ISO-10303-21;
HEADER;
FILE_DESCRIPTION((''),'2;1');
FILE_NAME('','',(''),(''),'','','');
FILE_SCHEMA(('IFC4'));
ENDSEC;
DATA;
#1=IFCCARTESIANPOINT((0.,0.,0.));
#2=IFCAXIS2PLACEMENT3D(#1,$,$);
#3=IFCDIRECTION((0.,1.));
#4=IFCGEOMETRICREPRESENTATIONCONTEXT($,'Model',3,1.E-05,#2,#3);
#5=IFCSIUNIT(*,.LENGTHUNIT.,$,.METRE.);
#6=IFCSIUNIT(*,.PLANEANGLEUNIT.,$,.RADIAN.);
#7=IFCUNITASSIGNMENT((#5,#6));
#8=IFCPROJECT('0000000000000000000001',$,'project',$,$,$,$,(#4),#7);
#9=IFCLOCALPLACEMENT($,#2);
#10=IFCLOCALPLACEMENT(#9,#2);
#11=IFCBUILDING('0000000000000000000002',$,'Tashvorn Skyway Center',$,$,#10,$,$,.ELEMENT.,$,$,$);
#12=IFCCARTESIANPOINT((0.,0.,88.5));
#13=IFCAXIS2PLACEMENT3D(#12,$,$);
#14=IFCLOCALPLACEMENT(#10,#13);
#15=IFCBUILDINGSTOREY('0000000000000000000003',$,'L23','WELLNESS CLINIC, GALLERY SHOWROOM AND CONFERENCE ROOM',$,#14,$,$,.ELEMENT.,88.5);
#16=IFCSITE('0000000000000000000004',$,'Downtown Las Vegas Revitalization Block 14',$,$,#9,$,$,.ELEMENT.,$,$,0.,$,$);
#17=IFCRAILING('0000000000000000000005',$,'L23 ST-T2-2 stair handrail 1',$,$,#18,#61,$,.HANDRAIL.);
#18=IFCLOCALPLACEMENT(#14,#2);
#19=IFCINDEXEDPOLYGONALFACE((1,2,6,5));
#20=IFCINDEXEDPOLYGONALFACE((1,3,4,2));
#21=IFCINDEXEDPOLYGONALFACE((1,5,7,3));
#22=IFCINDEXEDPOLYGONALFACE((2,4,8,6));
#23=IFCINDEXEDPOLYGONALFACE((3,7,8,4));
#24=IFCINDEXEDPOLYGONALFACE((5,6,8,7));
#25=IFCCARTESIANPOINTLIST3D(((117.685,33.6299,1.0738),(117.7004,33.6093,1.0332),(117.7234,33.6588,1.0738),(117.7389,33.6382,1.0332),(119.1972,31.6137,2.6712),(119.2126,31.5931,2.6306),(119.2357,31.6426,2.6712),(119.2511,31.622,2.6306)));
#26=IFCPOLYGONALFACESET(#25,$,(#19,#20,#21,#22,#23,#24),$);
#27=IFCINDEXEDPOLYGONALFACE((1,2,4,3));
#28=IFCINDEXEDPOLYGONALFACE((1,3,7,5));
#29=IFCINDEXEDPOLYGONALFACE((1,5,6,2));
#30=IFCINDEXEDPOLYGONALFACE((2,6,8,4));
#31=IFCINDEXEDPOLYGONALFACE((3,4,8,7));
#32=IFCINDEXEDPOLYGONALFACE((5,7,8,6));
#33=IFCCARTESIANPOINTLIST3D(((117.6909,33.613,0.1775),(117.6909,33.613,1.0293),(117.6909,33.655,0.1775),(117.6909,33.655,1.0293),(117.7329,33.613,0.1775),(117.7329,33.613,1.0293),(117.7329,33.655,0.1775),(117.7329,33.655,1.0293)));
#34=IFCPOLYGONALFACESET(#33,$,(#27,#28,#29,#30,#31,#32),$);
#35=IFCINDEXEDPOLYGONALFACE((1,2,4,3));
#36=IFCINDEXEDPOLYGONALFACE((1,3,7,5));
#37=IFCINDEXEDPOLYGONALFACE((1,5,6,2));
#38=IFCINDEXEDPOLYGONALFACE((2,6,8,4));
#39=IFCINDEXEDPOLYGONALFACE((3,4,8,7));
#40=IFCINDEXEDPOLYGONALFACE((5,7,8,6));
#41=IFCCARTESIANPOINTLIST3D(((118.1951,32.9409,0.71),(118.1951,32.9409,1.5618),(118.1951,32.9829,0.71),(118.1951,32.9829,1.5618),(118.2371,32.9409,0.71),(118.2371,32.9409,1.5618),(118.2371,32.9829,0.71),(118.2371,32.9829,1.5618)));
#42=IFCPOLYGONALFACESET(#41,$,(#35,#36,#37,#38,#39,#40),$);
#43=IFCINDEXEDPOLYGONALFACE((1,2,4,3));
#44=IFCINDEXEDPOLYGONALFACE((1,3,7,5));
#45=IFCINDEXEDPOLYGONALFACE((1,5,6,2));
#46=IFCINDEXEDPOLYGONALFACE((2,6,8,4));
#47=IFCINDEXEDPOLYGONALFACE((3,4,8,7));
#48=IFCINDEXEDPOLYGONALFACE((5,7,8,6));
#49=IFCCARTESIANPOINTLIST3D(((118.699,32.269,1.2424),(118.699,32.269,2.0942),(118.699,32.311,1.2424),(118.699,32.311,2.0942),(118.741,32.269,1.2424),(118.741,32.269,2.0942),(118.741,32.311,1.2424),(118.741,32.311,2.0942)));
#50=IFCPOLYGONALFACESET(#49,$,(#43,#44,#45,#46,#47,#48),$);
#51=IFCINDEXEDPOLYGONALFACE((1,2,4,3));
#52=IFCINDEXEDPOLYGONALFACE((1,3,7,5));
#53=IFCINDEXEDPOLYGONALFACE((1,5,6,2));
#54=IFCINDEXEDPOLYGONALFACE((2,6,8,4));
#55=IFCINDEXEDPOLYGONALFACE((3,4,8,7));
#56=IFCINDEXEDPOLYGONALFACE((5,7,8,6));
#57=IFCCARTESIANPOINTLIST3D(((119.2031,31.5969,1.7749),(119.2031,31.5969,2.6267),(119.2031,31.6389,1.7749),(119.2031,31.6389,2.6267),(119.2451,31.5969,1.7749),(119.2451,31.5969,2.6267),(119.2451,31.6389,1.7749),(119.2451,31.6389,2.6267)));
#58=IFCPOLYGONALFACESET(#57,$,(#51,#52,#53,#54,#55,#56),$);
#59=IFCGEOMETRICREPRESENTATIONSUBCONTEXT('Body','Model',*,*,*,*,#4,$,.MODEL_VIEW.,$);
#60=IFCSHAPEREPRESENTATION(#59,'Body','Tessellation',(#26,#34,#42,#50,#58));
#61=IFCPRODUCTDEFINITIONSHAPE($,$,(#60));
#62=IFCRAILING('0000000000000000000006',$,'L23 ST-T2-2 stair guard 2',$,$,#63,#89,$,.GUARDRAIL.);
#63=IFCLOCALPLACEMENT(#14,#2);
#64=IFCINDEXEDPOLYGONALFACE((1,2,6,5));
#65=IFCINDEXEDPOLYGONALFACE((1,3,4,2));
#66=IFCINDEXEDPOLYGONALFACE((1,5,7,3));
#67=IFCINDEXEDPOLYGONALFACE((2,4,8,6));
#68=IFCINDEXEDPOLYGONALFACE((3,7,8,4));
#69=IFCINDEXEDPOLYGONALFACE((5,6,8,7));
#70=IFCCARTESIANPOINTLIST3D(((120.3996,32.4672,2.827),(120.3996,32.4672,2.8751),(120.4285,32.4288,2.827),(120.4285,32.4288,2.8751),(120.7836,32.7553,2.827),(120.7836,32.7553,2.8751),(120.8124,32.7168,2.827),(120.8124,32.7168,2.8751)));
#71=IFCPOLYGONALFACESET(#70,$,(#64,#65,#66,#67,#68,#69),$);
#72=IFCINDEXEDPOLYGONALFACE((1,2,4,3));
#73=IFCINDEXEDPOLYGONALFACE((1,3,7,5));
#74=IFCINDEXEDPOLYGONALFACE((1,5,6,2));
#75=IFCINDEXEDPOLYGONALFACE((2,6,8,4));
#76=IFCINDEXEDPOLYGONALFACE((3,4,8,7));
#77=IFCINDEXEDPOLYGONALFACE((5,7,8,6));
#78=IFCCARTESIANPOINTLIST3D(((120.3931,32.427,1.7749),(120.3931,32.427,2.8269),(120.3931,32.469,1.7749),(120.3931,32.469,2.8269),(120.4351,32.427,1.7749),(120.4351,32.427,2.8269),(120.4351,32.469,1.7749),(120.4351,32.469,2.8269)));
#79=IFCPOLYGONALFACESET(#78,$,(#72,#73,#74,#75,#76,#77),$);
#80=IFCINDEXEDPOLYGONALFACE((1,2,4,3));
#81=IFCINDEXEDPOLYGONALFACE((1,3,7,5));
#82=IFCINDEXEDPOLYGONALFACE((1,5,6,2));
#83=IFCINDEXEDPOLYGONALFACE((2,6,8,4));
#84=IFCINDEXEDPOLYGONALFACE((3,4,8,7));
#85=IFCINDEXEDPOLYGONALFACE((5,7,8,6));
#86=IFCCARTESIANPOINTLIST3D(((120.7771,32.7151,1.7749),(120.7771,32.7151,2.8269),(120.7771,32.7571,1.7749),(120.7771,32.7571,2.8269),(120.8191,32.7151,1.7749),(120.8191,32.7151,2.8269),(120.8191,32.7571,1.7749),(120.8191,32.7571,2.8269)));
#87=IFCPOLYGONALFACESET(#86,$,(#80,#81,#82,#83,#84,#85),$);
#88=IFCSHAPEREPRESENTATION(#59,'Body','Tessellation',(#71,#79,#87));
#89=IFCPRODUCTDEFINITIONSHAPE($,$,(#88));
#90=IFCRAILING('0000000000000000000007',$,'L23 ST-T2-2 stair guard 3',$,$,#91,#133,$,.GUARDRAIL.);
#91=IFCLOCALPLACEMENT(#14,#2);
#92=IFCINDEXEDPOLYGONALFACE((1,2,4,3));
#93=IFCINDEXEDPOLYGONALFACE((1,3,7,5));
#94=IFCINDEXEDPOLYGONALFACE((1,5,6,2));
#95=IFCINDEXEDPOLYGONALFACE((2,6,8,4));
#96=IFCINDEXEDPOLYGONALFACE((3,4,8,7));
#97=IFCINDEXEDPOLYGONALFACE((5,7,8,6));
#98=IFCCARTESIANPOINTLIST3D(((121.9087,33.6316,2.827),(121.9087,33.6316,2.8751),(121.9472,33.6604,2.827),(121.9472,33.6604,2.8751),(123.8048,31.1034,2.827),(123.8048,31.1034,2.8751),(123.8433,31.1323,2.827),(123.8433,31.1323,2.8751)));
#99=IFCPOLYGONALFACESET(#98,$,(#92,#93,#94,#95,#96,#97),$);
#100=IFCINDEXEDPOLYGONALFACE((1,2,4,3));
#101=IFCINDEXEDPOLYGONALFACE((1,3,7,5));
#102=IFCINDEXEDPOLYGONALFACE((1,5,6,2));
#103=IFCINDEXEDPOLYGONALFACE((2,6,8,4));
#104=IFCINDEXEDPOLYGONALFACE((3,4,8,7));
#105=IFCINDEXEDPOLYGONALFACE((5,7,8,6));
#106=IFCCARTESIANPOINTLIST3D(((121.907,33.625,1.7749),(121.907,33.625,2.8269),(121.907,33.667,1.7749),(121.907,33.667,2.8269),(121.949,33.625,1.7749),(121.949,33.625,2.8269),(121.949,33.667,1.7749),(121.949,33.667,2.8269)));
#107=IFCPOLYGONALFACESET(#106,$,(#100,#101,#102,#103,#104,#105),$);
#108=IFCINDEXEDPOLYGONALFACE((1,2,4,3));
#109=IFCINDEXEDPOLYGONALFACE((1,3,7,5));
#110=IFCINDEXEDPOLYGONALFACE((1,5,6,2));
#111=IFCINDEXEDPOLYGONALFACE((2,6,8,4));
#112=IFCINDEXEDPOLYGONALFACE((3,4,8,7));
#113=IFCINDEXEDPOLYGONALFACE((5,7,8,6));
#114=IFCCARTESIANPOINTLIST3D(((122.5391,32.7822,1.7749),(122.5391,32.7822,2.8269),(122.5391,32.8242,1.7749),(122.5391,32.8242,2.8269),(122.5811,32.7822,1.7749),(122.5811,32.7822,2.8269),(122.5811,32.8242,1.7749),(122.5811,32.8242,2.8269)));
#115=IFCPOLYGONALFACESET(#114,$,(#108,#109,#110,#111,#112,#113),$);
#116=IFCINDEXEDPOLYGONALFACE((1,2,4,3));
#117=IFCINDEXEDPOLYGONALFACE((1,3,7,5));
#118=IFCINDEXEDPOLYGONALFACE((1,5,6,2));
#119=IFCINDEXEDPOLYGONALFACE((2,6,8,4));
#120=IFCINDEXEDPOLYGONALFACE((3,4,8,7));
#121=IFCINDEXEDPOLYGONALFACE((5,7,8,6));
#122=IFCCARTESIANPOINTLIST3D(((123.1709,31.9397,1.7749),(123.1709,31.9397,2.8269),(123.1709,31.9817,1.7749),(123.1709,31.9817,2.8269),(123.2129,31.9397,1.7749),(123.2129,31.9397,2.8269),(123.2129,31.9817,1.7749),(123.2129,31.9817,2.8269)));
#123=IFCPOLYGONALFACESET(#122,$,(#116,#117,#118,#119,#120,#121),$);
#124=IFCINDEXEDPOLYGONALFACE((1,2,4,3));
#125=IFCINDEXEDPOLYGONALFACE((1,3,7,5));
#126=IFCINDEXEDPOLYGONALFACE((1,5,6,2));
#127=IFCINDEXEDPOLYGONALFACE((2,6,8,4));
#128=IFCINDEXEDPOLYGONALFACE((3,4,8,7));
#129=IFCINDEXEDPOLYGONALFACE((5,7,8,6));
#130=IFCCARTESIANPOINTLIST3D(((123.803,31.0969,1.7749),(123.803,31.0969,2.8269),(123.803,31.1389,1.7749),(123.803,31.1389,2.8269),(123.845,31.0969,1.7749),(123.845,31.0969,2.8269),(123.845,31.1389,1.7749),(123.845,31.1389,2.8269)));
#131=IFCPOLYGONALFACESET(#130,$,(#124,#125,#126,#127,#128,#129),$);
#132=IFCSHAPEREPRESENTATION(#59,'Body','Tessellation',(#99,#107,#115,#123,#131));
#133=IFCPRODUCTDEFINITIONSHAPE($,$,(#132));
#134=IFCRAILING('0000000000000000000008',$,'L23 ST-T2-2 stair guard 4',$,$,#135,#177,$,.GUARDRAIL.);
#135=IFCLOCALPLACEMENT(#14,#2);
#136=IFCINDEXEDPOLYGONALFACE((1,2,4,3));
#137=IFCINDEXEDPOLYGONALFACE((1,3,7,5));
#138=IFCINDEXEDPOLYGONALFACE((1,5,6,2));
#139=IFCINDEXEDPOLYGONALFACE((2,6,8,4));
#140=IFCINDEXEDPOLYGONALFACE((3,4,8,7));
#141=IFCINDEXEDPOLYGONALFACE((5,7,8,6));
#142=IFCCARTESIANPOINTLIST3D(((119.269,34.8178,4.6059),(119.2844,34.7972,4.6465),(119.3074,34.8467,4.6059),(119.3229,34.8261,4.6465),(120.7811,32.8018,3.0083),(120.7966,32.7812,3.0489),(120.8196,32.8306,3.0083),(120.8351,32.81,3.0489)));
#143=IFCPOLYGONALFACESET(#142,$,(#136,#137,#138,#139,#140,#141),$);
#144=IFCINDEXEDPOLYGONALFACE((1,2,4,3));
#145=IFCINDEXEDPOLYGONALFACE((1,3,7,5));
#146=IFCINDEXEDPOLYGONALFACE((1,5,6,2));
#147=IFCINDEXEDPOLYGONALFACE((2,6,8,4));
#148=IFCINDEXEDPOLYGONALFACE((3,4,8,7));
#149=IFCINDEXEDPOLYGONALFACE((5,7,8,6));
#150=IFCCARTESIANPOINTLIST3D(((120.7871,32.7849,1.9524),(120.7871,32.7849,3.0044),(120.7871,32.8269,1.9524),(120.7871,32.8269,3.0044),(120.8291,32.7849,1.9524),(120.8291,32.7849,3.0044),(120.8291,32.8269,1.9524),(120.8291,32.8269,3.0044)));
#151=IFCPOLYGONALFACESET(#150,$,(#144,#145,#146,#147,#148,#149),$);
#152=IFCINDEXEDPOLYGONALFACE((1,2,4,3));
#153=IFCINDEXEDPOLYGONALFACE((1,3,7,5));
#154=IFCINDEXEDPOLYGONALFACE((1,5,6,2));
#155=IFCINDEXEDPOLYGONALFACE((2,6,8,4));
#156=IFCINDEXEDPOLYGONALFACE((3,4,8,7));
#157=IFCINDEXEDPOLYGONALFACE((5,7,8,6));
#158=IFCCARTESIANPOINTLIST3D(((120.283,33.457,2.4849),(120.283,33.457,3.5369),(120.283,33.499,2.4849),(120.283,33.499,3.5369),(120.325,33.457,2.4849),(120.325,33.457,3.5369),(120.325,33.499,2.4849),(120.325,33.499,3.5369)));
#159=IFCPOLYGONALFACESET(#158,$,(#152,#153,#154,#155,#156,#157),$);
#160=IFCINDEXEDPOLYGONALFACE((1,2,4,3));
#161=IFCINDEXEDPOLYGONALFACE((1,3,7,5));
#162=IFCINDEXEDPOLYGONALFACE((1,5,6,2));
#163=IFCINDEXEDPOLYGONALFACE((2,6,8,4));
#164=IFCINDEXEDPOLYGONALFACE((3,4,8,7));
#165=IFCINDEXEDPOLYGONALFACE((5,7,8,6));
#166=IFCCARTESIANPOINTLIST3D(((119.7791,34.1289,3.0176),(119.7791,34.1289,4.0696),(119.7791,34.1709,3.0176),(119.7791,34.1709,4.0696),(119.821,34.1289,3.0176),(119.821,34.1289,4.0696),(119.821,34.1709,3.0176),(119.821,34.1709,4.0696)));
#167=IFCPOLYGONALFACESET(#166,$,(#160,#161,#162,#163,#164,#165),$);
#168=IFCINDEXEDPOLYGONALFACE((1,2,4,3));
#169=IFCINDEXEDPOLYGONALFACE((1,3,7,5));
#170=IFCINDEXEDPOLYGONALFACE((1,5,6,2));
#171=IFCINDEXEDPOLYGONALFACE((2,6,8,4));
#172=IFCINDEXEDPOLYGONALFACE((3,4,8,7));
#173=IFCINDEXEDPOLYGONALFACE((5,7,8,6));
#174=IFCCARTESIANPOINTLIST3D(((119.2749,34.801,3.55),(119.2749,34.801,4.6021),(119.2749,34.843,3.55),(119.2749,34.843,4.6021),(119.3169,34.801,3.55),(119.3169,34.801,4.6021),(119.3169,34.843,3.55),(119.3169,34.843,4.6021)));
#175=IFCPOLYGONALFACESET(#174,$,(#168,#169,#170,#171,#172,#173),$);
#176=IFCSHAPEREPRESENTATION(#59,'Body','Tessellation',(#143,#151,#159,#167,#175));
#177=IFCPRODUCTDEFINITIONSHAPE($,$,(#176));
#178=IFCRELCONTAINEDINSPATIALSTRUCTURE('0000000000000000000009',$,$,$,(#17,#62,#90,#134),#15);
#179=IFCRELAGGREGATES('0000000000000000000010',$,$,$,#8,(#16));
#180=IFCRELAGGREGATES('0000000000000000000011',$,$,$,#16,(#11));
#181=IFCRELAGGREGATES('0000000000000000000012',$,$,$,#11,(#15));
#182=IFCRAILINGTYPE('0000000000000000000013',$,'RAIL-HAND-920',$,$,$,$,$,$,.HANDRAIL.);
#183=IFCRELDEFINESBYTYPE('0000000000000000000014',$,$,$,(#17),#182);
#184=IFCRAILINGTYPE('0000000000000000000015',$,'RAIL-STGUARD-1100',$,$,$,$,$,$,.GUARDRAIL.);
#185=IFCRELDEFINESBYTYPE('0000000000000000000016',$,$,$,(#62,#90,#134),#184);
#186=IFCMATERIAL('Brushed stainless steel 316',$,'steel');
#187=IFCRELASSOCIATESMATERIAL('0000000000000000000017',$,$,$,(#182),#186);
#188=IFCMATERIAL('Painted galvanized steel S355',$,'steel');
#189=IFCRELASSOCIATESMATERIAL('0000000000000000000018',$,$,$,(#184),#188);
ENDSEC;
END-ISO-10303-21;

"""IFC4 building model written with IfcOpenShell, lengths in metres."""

from ifc_helpers import new_model, si_unit, direction, frame, origin, origin_2d, place, context, subcontext, project, spatial, rectangle, extrude, material, type_object, element, save


model = new_model("IFC4")

# Units and contexts
model_context = context("Model", 3, precision=1e-05, world=origin(), true_north=direction((0.0, 1.0)))
body_context = subcontext(model_context, "Body", "Model", "MODEL_VIEW")
ifc_project = project(units=[si_unit("LENGTHUNIT", "METRE"), si_unit("PLANEANGLEUNIT", "RADIAN")], contexts=[model_context])

# Site, building, storey
site_placement = place(None, origin())
site = spatial("IfcSite", under=ifc_project, at=site_placement, Name="Downtown Las Vegas Revitalization Block 14", CompositionType="ELEMENT", RefElevation=0.0)
building_placement = place(site_placement, origin())
building = spatial("IfcBuilding", under=site, at=building_placement, Name="Tashvorn Skyway Center", CompositionType="ELEMENT")
storey_placement = place(building_placement, frame((0.0, 0.0, 88.5)))
storey = spatial("IfcBuildingStorey", under=building, at=storey_placement, Name="L23", Description="WELLNESS CLINIC, GALLERY SHOWROOM AND CONFERENCE ROOM", CompositionType="ELEMENT", Elevation=88.5)

# Railings
ifc_material_1 = material(Name="Brushed stainless steel 316", Category="steel")
railing_type_1 = type_object("IfcRailingType", Name="RAIL-HAND-920", PredefinedType="HANDRAIL", material=ifc_material_1)
railing_1_placement = place(storey_placement, frame((117.7119, 33.634, 0.1775)))
element("IfcRailing", 1, at=railing_1_placement, inside=storey, type_object=railing_type_1, Name="L23 ST-T2-2 stair handrail 1", PredefinedType="HANDRAIL", context=body_context, shape_type="SweptSolid", body=[
    extrude(rectangle(XDim=0.0481, YDim=0.0481, at=origin_2d()), frame((0.0, 0.0, 0.876), z_axis=(0.506802, -0.675681, 0.535357), x_axis=(0.799977, 0.600031, 0.0)), (0.0, 0.0, 1.0), 2.9839),
    extrude(rectangle(XDim=0.042, YDim=0.042, at=origin_2d()), origin(), (0.0, 0.0, 1.0), 0.8518),
    extrude(rectangle(XDim=0.042, YDim=0.042, at=origin_2d()), frame((0.5042, -0.6721, 0.5325)), (0.0, 0.0, 1.0), 0.8518),
    extrude(rectangle(XDim=0.042, YDim=0.042, at=origin_2d()), frame((1.0081, -1.344, 1.0649)), (0.0, 0.0, 1.0), 0.8518),
    extrude(rectangle(XDim=0.042, YDim=0.042, at=origin_2d()), frame((1.5122, -2.0161, 1.5974)), (0.0, 0.0, 1.0), 0.8518),
])
ifc_material_2 = material(Name="Painted galvanized steel S355", Category="steel")
railing_type_2 = type_object("IfcRailingType", Name="RAIL-STGUARD-1100", PredefinedType="GUARDRAIL", material=ifc_material_2)
railing_2_placement = place(storey_placement, frame((120.4141, 32.448, 1.7749)))
element("IfcRailing", 2, at=railing_2_placement, inside=storey, type_object=railing_type_2, Name="L23 ST-T2-2 stair guard 2", PredefinedType="GUARDRAIL", context=body_context, shape_type="SweptSolid", body=[
    extrude(rectangle(XDim=0.0481, YDim=0.0481, at=origin_2d()), frame((0.0, 0.0, 1.0762), z_axis=(0.799939, 0.600081, 0.0), x_axis=(-0.600081, 0.799939, 0.0)), (0.0, 0.0, 1.0), 0.48),
    extrude(rectangle(XDim=0.042, YDim=0.042, at=origin_2d()), origin(), (0.0, 0.0, 1.0), 1.052),
    extrude(rectangle(XDim=0.042, YDim=0.042, at=origin_2d()), frame((0.384, 0.2881, 0.0)), (0.0, 0.0, 1.0), 1.052),
])
railing_3_placement = place(storey_placement, frame((121.928, 33.646, 1.7749)))
element("IfcRailing", 3, at=railing_3_placement, inside=storey, type_object=railing_type_2, Name="L23 ST-T2-2 stair guard 3", PredefinedType="GUARDRAIL", context=body_context, shape_type="SweptSolid", body=[
    extrude(rectangle(XDim=0.0481, YDim=0.0481, at=origin_2d()), frame((0.0, 0.0, 1.0762), z_axis=(0.599988, -0.800009, 0.0), x_axis=(0.800009, 0.599988, 0.0)), (0.0, 0.0, 1.0), 3.1602),
    extrude(rectangle(XDim=0.042, YDim=0.042, at=origin_2d()), origin(), (0.0, 0.0, 1.0), 1.052),
    extrude(rectangle(XDim=0.042, YDim=0.042, at=origin_2d()), frame((0.6321, -0.8428, 0.0)), (0.0, 0.0, 1.0), 1.052),
    extrude(rectangle(XDim=0.042, YDim=0.042, at=origin_2d()), frame((1.2639, -1.6853, 0.0)), (0.0, 0.0, 1.0), 1.052),
    extrude(rectangle(XDim=0.042, YDim=0.042, at=origin_2d()), frame((1.896, -2.5281, 0.0)), (0.0, 0.0, 1.0), 1.052),
])
railing_4_placement = place(storey_placement, frame((120.8081, 32.8059, 1.9524)))
element("IfcRailing", 4, at=railing_4_placement, inside=storey, type_object=railing_type_2, Name="L23 ST-T2-2 stair guard 4", PredefinedType="GUARDRAIL", context=body_context, shape_type="SweptSolid", body=[
    extrude(rectangle(XDim=0.0481, YDim=0.0481, at=origin_2d()), frame((0.0, 0.0, 1.0762), z_axis=(-0.506779, 0.675651, 0.535416), x_axis=(-0.799977, -0.600031, 0.0)), (0.0, 0.0, 1.0), 2.9839),
    extrude(rectangle(XDim=0.042, YDim=0.042, at=origin_2d()), origin(), (0.0, 0.0, 1.0), 1.052),
    extrude(rectangle(XDim=0.042, YDim=0.042, at=origin_2d()), frame((-0.5042, 0.6721, 0.5325)), (0.0, 0.0, 1.0), 1.052),
    extrude(rectangle(XDim=0.042, YDim=0.042, at=origin_2d()), frame((-1.0081, 1.344, 1.0652)), (0.0, 0.0, 1.0), 1.052),
    extrude(rectangle(XDim=0.042, YDim=0.042, at=origin_2d()), frame((-1.5122, 2.0161, 1.5977)), (0.0, 0.0, 1.0), 1.052),
])

save(model, "model.ifc")
